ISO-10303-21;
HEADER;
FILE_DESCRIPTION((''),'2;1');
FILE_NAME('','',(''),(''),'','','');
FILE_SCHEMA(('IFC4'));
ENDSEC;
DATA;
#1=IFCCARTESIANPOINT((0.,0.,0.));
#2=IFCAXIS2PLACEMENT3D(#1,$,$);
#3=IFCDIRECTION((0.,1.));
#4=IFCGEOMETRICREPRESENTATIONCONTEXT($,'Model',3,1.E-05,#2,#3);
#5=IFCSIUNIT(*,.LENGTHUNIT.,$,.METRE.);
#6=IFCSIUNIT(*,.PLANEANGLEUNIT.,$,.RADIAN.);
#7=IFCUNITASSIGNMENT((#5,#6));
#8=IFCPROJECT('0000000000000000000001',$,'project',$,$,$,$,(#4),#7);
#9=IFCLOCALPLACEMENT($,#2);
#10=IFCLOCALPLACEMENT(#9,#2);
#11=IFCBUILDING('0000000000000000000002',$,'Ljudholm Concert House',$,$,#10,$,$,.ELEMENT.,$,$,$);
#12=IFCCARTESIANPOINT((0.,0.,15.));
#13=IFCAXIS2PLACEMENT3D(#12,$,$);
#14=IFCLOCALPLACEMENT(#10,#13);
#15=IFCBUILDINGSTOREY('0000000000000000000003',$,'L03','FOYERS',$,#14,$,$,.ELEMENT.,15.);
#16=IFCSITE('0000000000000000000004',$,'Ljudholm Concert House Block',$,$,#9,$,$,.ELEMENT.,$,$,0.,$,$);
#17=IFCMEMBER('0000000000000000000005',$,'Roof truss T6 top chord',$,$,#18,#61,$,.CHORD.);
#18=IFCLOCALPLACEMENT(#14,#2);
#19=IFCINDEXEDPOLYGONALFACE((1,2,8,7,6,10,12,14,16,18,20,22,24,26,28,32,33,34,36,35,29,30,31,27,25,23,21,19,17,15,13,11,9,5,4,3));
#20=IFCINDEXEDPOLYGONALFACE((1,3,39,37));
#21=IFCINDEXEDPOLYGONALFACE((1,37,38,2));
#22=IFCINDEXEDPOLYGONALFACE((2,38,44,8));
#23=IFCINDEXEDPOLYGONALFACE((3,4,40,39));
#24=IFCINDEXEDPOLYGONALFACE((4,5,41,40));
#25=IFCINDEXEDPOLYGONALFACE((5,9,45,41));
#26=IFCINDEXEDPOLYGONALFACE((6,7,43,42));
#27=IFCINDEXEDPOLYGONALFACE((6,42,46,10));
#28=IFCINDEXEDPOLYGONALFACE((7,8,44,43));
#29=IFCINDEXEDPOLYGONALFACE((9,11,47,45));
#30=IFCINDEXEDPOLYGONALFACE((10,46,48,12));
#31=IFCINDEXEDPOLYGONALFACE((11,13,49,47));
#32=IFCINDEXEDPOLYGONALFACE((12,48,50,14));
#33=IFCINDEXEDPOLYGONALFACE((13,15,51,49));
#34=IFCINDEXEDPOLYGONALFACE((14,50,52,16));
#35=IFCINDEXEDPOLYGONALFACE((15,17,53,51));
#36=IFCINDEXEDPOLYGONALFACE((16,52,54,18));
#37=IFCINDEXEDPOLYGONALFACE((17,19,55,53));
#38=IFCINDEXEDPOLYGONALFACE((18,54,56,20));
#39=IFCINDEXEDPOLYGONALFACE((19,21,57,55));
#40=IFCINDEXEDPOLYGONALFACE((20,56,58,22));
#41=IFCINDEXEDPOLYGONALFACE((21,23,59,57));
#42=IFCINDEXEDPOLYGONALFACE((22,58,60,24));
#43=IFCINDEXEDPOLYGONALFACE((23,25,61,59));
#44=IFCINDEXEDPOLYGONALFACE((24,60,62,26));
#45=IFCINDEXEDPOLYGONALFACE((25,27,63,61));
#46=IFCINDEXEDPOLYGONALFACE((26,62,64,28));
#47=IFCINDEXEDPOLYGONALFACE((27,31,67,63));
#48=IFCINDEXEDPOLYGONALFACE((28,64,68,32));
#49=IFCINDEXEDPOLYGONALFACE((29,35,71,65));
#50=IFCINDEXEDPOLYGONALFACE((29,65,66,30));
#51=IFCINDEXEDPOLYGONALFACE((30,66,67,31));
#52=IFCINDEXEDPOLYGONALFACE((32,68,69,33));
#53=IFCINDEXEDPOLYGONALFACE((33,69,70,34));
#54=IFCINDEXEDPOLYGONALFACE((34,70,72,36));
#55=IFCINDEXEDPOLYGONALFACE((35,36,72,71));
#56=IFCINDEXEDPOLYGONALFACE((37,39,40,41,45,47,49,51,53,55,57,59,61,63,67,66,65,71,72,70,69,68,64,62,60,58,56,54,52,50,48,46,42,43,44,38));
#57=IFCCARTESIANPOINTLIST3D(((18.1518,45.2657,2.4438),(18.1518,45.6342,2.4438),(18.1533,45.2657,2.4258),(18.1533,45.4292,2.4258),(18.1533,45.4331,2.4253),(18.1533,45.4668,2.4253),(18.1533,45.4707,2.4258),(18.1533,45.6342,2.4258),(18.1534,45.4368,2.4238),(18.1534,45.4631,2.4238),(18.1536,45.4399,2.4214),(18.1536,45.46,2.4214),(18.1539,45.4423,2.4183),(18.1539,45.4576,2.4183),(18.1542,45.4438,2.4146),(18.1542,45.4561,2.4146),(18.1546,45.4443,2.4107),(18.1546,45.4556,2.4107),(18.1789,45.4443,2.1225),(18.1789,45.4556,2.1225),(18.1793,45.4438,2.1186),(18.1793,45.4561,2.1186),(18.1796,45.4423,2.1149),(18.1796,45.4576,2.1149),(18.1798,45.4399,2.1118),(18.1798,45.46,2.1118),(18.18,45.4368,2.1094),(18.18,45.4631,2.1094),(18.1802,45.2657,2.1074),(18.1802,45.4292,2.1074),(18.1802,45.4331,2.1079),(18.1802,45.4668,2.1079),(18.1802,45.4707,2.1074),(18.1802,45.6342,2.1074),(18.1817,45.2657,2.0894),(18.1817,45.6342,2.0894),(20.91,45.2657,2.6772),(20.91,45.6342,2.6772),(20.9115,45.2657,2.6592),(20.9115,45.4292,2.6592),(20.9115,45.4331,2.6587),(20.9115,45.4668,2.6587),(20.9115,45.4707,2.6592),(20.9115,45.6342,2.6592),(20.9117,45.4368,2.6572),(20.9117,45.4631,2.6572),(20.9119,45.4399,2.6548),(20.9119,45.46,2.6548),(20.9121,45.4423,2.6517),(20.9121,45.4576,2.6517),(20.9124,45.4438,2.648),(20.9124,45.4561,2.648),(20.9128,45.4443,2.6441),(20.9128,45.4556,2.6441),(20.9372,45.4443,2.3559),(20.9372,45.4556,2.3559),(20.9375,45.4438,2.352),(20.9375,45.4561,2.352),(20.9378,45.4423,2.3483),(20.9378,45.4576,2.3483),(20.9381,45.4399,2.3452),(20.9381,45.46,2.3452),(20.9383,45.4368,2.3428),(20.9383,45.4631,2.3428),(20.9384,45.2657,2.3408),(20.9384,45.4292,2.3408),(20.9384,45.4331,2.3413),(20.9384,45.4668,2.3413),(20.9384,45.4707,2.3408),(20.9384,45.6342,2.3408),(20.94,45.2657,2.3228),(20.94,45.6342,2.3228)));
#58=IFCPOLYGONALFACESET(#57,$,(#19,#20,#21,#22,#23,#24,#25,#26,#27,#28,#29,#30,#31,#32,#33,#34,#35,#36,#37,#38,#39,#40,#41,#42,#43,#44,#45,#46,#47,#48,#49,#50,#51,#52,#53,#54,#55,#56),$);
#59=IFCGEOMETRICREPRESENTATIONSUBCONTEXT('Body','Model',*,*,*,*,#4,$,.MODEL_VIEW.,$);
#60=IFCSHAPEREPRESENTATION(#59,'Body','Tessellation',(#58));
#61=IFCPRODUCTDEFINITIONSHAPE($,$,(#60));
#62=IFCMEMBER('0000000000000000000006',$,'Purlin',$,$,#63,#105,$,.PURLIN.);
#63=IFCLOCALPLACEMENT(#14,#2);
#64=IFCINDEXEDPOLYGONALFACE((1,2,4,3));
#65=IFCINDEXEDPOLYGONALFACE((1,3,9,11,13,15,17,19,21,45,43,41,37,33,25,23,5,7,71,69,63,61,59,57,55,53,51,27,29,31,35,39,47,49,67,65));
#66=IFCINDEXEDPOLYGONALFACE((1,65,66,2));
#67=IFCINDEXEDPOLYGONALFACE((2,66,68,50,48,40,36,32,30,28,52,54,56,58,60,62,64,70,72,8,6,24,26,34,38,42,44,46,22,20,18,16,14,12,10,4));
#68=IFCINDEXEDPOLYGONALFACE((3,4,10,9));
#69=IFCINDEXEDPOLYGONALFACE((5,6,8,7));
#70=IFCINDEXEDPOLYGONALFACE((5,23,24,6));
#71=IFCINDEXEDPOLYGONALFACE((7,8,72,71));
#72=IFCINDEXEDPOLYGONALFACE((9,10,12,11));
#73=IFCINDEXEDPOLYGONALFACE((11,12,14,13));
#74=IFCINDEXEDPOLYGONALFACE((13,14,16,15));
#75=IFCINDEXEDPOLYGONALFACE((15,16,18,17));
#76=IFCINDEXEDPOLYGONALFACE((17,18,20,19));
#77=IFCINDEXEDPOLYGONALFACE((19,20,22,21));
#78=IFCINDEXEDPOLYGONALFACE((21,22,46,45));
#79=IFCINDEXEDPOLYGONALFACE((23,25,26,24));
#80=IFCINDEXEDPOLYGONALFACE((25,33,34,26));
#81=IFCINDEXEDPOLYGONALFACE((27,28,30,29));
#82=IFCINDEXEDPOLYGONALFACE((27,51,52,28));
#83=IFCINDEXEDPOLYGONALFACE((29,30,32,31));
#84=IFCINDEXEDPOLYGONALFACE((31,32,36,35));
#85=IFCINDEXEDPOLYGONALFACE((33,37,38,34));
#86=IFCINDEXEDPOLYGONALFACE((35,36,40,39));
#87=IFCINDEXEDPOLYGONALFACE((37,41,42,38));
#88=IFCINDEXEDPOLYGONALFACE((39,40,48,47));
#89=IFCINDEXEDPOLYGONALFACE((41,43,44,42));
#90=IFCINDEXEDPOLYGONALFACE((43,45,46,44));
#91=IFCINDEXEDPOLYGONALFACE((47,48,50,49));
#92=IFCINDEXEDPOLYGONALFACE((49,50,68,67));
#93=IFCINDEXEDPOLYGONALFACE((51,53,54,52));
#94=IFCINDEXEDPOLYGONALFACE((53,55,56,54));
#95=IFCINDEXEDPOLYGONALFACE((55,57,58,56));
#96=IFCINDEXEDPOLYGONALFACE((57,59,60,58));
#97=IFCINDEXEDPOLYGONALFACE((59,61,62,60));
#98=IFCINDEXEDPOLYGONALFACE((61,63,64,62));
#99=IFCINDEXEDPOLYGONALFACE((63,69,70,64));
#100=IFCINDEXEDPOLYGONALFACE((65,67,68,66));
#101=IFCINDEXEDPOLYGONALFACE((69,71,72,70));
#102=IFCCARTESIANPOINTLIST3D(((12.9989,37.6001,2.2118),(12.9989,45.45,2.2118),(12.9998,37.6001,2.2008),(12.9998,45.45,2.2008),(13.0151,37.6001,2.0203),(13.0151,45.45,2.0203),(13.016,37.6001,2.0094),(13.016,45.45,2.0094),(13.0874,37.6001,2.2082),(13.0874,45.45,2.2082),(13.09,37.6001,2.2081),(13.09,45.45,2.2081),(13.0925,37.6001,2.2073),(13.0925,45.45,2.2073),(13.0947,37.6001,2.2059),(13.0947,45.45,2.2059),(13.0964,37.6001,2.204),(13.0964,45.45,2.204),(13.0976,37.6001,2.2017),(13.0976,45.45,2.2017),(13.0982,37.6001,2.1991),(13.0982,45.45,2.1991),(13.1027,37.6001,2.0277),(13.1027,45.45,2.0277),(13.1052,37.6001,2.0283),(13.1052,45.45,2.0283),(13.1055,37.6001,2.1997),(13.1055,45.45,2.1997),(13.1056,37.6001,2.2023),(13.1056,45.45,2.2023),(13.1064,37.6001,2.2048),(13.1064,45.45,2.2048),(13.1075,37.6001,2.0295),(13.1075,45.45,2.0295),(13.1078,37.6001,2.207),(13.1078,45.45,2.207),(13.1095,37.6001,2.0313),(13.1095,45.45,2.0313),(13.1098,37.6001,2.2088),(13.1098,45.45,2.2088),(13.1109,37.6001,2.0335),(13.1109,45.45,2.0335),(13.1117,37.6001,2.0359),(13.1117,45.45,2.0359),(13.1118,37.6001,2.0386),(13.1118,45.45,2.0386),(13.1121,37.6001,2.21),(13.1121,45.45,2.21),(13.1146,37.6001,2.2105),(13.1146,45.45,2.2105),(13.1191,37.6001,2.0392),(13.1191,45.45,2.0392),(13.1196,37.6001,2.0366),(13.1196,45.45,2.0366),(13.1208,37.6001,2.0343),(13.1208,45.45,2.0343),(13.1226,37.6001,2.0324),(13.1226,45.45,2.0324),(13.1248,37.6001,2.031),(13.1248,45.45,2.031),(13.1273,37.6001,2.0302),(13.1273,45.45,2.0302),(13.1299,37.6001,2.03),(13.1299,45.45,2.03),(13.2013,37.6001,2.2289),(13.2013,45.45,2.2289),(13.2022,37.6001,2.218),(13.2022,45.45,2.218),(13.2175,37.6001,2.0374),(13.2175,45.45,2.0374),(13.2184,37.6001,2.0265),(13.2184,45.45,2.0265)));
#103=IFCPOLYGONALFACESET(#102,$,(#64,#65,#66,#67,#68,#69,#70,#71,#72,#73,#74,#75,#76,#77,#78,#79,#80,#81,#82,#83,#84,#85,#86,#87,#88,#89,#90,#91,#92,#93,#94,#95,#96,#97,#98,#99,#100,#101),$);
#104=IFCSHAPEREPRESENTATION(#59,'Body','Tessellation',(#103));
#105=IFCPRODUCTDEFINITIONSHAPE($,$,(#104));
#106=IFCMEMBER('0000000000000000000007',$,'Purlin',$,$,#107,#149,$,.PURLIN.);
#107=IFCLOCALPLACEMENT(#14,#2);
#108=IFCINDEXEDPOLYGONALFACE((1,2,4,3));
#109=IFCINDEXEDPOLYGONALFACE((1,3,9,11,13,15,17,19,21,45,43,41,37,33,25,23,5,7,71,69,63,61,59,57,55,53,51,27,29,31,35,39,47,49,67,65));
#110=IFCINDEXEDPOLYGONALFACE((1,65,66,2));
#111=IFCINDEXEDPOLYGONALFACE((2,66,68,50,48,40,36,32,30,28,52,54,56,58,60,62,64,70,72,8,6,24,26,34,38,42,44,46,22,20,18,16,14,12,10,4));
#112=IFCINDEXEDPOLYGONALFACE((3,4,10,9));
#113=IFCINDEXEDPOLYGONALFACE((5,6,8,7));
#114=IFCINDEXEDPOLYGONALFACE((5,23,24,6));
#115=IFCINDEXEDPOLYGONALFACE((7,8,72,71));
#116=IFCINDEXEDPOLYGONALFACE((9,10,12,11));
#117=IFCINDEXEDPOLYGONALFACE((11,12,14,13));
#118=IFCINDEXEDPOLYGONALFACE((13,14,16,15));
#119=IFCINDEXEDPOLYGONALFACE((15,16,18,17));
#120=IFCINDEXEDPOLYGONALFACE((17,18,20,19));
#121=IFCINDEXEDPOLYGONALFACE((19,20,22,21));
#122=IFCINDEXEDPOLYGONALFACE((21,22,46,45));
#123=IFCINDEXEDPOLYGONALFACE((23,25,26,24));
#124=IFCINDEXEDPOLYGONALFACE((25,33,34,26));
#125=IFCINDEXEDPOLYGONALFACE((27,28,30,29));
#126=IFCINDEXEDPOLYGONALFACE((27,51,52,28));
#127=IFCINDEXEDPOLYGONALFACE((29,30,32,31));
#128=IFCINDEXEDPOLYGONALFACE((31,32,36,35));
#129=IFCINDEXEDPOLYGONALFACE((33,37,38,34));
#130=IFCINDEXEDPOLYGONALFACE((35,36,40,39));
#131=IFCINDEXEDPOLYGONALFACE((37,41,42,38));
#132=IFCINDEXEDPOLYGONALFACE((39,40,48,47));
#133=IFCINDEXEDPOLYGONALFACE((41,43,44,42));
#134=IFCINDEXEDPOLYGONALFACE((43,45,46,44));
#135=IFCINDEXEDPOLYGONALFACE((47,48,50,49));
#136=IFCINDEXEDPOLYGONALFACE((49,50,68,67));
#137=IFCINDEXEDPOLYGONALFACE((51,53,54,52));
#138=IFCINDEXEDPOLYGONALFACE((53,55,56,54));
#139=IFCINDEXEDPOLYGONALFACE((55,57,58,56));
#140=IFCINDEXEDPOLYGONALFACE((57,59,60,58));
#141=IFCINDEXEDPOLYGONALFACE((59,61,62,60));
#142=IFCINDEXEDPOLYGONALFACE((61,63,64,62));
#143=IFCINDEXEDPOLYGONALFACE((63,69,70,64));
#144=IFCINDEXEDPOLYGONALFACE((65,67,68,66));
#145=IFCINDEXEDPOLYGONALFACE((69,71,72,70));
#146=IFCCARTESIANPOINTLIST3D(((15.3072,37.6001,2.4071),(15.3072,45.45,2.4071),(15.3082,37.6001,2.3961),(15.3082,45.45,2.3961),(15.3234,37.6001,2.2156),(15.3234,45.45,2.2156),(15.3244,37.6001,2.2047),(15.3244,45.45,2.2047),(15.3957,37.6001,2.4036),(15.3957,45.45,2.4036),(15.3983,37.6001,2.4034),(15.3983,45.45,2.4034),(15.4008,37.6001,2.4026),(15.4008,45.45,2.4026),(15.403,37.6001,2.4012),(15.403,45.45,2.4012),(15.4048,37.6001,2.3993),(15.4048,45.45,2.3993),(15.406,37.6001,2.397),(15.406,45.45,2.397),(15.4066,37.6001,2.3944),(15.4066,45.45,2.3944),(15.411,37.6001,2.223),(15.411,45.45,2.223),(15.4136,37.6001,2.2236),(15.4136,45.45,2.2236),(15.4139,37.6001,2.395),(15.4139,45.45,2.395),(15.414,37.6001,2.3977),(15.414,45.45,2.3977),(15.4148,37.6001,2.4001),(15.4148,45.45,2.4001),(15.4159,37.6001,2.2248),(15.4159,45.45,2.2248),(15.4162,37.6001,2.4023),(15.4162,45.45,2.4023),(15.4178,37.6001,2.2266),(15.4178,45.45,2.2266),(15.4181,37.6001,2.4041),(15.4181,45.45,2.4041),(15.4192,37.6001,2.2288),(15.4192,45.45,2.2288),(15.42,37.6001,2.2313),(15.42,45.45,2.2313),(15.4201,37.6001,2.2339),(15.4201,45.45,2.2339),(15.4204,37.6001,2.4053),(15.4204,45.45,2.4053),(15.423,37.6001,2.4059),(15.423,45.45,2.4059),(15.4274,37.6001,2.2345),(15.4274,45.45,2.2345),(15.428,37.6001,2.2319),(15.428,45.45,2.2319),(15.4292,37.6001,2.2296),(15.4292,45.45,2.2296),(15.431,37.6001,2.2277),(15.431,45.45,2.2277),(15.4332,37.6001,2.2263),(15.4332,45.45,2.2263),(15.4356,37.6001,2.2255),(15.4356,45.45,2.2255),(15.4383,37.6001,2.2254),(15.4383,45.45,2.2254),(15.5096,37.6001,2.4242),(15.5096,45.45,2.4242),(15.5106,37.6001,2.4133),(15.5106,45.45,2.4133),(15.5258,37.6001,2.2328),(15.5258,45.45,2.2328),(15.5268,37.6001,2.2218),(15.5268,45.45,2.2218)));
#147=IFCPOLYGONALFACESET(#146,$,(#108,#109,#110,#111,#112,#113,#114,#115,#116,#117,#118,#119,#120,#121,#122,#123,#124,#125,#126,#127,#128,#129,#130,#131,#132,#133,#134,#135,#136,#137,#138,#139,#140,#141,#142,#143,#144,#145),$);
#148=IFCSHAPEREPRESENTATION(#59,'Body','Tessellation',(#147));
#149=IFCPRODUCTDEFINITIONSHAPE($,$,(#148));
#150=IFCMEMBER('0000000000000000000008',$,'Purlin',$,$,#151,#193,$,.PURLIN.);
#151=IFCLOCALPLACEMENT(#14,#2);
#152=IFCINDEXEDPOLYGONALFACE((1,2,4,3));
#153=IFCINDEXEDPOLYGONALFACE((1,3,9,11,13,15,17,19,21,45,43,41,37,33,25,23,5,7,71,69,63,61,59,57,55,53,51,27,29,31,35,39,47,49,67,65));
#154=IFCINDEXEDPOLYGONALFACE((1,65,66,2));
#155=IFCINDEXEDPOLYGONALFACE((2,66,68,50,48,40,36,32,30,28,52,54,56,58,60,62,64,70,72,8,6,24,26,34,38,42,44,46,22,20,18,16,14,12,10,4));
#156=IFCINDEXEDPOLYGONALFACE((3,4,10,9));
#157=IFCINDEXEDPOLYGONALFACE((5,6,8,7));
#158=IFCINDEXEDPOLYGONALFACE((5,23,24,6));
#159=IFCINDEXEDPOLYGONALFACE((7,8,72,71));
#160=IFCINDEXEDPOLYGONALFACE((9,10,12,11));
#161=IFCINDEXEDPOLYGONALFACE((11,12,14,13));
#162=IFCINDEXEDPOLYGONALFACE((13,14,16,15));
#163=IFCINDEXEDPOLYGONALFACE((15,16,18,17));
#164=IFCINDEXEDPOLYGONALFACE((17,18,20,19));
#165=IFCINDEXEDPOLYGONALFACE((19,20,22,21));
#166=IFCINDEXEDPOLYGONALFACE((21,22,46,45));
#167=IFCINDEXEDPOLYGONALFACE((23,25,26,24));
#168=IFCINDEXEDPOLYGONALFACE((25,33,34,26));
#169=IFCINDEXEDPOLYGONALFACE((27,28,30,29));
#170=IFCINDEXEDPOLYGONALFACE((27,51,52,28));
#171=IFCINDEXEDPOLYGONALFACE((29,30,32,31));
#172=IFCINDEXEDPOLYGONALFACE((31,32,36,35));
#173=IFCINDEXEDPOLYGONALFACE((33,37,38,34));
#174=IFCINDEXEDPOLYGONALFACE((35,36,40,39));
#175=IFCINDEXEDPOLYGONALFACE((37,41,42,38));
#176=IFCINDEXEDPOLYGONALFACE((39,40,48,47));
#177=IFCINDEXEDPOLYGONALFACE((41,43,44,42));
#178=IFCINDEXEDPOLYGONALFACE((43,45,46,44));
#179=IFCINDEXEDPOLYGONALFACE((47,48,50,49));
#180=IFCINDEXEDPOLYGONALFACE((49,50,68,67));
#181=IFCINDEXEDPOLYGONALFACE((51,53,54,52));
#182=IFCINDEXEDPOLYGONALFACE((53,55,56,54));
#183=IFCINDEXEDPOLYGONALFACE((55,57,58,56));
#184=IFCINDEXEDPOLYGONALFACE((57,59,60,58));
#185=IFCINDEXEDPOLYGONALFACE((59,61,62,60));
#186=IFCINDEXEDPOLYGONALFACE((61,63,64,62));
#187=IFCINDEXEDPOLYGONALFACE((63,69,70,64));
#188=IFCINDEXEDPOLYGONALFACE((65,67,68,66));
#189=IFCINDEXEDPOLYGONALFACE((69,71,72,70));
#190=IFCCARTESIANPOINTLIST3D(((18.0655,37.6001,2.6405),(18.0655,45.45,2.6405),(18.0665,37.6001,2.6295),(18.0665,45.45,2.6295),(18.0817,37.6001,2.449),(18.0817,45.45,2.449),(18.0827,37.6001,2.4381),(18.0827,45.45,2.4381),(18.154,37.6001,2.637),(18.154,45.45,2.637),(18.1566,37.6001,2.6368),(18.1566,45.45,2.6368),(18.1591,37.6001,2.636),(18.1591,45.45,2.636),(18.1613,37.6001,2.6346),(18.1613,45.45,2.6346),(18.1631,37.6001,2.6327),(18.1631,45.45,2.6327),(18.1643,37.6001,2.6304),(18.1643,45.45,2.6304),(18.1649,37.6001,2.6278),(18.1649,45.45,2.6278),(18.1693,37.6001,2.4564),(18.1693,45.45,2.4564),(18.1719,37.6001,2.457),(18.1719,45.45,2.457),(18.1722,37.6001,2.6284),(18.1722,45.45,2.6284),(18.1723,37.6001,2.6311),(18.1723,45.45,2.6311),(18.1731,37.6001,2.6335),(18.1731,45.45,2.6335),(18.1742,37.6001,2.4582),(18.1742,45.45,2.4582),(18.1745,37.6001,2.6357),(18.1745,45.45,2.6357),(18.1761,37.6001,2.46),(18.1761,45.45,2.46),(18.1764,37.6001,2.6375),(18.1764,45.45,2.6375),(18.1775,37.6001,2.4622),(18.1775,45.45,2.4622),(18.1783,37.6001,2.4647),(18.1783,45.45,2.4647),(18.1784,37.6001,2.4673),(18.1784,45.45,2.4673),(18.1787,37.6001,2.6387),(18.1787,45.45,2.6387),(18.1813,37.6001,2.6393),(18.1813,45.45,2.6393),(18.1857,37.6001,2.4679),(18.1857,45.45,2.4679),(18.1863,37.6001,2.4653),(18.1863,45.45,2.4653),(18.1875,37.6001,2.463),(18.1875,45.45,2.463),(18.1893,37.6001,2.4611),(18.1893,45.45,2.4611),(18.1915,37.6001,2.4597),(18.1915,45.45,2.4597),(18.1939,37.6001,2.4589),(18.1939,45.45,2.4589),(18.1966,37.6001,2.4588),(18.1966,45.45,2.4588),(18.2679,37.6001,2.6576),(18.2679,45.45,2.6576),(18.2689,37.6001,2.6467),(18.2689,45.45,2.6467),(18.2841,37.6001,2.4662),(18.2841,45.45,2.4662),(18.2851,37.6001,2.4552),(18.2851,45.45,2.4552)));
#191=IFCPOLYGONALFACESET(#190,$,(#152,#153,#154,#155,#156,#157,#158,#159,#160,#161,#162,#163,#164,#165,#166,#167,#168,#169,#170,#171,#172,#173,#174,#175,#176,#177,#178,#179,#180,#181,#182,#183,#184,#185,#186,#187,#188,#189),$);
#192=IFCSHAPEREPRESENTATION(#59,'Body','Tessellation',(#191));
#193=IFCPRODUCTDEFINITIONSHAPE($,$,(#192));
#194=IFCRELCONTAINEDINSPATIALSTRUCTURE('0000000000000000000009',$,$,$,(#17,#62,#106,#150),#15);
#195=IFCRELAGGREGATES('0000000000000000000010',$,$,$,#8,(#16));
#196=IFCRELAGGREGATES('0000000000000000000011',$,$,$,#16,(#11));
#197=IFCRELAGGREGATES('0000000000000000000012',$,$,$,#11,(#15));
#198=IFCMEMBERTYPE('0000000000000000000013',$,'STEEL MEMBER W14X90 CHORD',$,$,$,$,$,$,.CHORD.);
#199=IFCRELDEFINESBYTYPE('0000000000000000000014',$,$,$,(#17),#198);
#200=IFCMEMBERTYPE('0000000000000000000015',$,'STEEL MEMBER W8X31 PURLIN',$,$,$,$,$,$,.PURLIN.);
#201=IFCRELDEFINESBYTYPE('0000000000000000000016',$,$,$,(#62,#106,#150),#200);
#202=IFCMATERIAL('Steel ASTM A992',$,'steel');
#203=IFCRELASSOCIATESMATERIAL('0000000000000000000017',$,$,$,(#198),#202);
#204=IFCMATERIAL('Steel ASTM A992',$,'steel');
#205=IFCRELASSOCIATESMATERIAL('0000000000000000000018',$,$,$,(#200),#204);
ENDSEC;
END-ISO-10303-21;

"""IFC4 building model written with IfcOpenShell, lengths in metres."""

from ifc_helpers import new_model, si_unit, direction, frame, origin, origin_2d, place, context, subcontext, project, spatial, i_section, extrude, material, material_profile, profile_set, type_object, element, save


model = new_model("IFC4")

# Units and contexts
model_context = context("Model", 3, precision=1e-05, world=origin(), true_north=direction((0.0, 1.0)))
body_context = subcontext(model_context, "Body", "Model", "MODEL_VIEW")
ifc_project = project(units=[si_unit("LENGTHUNIT", "METRE"), si_unit("PLANEANGLEUNIT", "RADIAN")], contexts=[model_context])

# Site, building, storey
site_placement = place(None, origin())
site = spatial("IfcSite", under=ifc_project, at=site_placement, Name="Ljudholm Concert House Block", CompositionType="ELEMENT", RefElevation=0.0)
building_placement = place(site_placement, origin())
building = spatial("IfcBuilding", under=site, at=building_placement, Name="Ljudholm Concert House", CompositionType="ELEMENT")
storey_placement = place(building_placement, frame((0.0, 0.0, 15.0)))
storey = spatial("IfcBuildingStorey", under=building, at=storey_placement, Name="L03", Description="FOYERS", CompositionType="ELEMENT", Elevation=15.0)

# Members
ifc_material_1 = material(Name="Steel ASTM A992", Category="steel")
ifc_material_profile_1 = material_profile(ifc_material_1, i_section(OverallWidth=0.3684, OverallDepth=0.3557, WebThickness=0.0112, FlangeThickness=0.0181, FilletRadius=0.0151, at=origin_2d()), Name="W14X90")
ifc_profile_set_1 = profile_set([ifc_material_profile_1], Name="Steel ASTM A992")
member_type_1 = type_object("IfcMemberType", Name="STEEL MEMBER W14X90 CHORD", PredefinedType="CHORD", material=ifc_profile_set_1)
for number, where, z_axis, x_axis, name in (
    (1, (18.1667, 45.45, 2.2666), (0.996439, 0.0, 0.084315), (0.0, 1.0, 0.0), "Roof truss T6 top chord"),
):
    element("IfcMember", number, at=place(storey_placement, frame(where, z_axis=z_axis, x_axis=x_axis)), inside=storey, type_object=member_type_1, Name=name, PredefinedType="CHORD", context=body_context, shape_type="SweptSolid", body=[
        extrude(i_section(OverallWidth=0.3684, OverallDepth=0.3557, WebThickness=0.0112, FlangeThickness=0.0181, FilletRadius=0.0151, at=origin_2d()), origin(), (0.0, 0.0, 1.0), 2.7681),
    ])
ifc_material_2 = material(Name="Steel ASTM A992", Category="steel")
ifc_material_profile_2 = material_profile(ifc_material_2, i_section(OverallWidth=0.2031, OverallDepth=0.2031, WebThickness=0.0073, FlangeThickness=0.011, FilletRadius=0.01, at=origin_2d()), Name="W8X31")
ifc_profile_set_2 = profile_set([ifc_material_profile_2], Name="Steel ASTM A992")
member_type_2 = type_object("IfcMemberType", Name="STEEL MEMBER W8X31 PURLIN", PredefinedType="PURLIN", material=ifc_profile_set_2)
for number, where, z_axis, x_axis, name in (
    (2, (13.1086, 37.6001, 2.1191), (0.0, 1.0, 0.0), (-0.996441, 0.0, -0.084291), "Purlin"),
    (3, (15.417, 37.6001, 2.3145), (0.0, 1.0, 0.0), (-0.996441, 0.0, -0.084291), "Purlin"),
    (4, (18.1753, 37.6001, 2.5479), (0.0, 1.0, 0.0), (-0.996441, 0.0, -0.084291), "Purlin"),
):
    element("IfcMember", number, at=place(storey_placement, frame(where, z_axis=z_axis, x_axis=x_axis)), inside=storey, type_object=member_type_2, Name=name, PredefinedType="PURLIN", context=body_context, shape_type="SweptSolid", body=[
        extrude(i_section(OverallWidth=0.2031, OverallDepth=0.2031, WebThickness=0.0073, FlangeThickness=0.011, FilletRadius=0.01, at=origin_2d()), origin(), (0.0, 0.0, 1.0), 7.8499),
    ])

save(model, "model.ifc")
